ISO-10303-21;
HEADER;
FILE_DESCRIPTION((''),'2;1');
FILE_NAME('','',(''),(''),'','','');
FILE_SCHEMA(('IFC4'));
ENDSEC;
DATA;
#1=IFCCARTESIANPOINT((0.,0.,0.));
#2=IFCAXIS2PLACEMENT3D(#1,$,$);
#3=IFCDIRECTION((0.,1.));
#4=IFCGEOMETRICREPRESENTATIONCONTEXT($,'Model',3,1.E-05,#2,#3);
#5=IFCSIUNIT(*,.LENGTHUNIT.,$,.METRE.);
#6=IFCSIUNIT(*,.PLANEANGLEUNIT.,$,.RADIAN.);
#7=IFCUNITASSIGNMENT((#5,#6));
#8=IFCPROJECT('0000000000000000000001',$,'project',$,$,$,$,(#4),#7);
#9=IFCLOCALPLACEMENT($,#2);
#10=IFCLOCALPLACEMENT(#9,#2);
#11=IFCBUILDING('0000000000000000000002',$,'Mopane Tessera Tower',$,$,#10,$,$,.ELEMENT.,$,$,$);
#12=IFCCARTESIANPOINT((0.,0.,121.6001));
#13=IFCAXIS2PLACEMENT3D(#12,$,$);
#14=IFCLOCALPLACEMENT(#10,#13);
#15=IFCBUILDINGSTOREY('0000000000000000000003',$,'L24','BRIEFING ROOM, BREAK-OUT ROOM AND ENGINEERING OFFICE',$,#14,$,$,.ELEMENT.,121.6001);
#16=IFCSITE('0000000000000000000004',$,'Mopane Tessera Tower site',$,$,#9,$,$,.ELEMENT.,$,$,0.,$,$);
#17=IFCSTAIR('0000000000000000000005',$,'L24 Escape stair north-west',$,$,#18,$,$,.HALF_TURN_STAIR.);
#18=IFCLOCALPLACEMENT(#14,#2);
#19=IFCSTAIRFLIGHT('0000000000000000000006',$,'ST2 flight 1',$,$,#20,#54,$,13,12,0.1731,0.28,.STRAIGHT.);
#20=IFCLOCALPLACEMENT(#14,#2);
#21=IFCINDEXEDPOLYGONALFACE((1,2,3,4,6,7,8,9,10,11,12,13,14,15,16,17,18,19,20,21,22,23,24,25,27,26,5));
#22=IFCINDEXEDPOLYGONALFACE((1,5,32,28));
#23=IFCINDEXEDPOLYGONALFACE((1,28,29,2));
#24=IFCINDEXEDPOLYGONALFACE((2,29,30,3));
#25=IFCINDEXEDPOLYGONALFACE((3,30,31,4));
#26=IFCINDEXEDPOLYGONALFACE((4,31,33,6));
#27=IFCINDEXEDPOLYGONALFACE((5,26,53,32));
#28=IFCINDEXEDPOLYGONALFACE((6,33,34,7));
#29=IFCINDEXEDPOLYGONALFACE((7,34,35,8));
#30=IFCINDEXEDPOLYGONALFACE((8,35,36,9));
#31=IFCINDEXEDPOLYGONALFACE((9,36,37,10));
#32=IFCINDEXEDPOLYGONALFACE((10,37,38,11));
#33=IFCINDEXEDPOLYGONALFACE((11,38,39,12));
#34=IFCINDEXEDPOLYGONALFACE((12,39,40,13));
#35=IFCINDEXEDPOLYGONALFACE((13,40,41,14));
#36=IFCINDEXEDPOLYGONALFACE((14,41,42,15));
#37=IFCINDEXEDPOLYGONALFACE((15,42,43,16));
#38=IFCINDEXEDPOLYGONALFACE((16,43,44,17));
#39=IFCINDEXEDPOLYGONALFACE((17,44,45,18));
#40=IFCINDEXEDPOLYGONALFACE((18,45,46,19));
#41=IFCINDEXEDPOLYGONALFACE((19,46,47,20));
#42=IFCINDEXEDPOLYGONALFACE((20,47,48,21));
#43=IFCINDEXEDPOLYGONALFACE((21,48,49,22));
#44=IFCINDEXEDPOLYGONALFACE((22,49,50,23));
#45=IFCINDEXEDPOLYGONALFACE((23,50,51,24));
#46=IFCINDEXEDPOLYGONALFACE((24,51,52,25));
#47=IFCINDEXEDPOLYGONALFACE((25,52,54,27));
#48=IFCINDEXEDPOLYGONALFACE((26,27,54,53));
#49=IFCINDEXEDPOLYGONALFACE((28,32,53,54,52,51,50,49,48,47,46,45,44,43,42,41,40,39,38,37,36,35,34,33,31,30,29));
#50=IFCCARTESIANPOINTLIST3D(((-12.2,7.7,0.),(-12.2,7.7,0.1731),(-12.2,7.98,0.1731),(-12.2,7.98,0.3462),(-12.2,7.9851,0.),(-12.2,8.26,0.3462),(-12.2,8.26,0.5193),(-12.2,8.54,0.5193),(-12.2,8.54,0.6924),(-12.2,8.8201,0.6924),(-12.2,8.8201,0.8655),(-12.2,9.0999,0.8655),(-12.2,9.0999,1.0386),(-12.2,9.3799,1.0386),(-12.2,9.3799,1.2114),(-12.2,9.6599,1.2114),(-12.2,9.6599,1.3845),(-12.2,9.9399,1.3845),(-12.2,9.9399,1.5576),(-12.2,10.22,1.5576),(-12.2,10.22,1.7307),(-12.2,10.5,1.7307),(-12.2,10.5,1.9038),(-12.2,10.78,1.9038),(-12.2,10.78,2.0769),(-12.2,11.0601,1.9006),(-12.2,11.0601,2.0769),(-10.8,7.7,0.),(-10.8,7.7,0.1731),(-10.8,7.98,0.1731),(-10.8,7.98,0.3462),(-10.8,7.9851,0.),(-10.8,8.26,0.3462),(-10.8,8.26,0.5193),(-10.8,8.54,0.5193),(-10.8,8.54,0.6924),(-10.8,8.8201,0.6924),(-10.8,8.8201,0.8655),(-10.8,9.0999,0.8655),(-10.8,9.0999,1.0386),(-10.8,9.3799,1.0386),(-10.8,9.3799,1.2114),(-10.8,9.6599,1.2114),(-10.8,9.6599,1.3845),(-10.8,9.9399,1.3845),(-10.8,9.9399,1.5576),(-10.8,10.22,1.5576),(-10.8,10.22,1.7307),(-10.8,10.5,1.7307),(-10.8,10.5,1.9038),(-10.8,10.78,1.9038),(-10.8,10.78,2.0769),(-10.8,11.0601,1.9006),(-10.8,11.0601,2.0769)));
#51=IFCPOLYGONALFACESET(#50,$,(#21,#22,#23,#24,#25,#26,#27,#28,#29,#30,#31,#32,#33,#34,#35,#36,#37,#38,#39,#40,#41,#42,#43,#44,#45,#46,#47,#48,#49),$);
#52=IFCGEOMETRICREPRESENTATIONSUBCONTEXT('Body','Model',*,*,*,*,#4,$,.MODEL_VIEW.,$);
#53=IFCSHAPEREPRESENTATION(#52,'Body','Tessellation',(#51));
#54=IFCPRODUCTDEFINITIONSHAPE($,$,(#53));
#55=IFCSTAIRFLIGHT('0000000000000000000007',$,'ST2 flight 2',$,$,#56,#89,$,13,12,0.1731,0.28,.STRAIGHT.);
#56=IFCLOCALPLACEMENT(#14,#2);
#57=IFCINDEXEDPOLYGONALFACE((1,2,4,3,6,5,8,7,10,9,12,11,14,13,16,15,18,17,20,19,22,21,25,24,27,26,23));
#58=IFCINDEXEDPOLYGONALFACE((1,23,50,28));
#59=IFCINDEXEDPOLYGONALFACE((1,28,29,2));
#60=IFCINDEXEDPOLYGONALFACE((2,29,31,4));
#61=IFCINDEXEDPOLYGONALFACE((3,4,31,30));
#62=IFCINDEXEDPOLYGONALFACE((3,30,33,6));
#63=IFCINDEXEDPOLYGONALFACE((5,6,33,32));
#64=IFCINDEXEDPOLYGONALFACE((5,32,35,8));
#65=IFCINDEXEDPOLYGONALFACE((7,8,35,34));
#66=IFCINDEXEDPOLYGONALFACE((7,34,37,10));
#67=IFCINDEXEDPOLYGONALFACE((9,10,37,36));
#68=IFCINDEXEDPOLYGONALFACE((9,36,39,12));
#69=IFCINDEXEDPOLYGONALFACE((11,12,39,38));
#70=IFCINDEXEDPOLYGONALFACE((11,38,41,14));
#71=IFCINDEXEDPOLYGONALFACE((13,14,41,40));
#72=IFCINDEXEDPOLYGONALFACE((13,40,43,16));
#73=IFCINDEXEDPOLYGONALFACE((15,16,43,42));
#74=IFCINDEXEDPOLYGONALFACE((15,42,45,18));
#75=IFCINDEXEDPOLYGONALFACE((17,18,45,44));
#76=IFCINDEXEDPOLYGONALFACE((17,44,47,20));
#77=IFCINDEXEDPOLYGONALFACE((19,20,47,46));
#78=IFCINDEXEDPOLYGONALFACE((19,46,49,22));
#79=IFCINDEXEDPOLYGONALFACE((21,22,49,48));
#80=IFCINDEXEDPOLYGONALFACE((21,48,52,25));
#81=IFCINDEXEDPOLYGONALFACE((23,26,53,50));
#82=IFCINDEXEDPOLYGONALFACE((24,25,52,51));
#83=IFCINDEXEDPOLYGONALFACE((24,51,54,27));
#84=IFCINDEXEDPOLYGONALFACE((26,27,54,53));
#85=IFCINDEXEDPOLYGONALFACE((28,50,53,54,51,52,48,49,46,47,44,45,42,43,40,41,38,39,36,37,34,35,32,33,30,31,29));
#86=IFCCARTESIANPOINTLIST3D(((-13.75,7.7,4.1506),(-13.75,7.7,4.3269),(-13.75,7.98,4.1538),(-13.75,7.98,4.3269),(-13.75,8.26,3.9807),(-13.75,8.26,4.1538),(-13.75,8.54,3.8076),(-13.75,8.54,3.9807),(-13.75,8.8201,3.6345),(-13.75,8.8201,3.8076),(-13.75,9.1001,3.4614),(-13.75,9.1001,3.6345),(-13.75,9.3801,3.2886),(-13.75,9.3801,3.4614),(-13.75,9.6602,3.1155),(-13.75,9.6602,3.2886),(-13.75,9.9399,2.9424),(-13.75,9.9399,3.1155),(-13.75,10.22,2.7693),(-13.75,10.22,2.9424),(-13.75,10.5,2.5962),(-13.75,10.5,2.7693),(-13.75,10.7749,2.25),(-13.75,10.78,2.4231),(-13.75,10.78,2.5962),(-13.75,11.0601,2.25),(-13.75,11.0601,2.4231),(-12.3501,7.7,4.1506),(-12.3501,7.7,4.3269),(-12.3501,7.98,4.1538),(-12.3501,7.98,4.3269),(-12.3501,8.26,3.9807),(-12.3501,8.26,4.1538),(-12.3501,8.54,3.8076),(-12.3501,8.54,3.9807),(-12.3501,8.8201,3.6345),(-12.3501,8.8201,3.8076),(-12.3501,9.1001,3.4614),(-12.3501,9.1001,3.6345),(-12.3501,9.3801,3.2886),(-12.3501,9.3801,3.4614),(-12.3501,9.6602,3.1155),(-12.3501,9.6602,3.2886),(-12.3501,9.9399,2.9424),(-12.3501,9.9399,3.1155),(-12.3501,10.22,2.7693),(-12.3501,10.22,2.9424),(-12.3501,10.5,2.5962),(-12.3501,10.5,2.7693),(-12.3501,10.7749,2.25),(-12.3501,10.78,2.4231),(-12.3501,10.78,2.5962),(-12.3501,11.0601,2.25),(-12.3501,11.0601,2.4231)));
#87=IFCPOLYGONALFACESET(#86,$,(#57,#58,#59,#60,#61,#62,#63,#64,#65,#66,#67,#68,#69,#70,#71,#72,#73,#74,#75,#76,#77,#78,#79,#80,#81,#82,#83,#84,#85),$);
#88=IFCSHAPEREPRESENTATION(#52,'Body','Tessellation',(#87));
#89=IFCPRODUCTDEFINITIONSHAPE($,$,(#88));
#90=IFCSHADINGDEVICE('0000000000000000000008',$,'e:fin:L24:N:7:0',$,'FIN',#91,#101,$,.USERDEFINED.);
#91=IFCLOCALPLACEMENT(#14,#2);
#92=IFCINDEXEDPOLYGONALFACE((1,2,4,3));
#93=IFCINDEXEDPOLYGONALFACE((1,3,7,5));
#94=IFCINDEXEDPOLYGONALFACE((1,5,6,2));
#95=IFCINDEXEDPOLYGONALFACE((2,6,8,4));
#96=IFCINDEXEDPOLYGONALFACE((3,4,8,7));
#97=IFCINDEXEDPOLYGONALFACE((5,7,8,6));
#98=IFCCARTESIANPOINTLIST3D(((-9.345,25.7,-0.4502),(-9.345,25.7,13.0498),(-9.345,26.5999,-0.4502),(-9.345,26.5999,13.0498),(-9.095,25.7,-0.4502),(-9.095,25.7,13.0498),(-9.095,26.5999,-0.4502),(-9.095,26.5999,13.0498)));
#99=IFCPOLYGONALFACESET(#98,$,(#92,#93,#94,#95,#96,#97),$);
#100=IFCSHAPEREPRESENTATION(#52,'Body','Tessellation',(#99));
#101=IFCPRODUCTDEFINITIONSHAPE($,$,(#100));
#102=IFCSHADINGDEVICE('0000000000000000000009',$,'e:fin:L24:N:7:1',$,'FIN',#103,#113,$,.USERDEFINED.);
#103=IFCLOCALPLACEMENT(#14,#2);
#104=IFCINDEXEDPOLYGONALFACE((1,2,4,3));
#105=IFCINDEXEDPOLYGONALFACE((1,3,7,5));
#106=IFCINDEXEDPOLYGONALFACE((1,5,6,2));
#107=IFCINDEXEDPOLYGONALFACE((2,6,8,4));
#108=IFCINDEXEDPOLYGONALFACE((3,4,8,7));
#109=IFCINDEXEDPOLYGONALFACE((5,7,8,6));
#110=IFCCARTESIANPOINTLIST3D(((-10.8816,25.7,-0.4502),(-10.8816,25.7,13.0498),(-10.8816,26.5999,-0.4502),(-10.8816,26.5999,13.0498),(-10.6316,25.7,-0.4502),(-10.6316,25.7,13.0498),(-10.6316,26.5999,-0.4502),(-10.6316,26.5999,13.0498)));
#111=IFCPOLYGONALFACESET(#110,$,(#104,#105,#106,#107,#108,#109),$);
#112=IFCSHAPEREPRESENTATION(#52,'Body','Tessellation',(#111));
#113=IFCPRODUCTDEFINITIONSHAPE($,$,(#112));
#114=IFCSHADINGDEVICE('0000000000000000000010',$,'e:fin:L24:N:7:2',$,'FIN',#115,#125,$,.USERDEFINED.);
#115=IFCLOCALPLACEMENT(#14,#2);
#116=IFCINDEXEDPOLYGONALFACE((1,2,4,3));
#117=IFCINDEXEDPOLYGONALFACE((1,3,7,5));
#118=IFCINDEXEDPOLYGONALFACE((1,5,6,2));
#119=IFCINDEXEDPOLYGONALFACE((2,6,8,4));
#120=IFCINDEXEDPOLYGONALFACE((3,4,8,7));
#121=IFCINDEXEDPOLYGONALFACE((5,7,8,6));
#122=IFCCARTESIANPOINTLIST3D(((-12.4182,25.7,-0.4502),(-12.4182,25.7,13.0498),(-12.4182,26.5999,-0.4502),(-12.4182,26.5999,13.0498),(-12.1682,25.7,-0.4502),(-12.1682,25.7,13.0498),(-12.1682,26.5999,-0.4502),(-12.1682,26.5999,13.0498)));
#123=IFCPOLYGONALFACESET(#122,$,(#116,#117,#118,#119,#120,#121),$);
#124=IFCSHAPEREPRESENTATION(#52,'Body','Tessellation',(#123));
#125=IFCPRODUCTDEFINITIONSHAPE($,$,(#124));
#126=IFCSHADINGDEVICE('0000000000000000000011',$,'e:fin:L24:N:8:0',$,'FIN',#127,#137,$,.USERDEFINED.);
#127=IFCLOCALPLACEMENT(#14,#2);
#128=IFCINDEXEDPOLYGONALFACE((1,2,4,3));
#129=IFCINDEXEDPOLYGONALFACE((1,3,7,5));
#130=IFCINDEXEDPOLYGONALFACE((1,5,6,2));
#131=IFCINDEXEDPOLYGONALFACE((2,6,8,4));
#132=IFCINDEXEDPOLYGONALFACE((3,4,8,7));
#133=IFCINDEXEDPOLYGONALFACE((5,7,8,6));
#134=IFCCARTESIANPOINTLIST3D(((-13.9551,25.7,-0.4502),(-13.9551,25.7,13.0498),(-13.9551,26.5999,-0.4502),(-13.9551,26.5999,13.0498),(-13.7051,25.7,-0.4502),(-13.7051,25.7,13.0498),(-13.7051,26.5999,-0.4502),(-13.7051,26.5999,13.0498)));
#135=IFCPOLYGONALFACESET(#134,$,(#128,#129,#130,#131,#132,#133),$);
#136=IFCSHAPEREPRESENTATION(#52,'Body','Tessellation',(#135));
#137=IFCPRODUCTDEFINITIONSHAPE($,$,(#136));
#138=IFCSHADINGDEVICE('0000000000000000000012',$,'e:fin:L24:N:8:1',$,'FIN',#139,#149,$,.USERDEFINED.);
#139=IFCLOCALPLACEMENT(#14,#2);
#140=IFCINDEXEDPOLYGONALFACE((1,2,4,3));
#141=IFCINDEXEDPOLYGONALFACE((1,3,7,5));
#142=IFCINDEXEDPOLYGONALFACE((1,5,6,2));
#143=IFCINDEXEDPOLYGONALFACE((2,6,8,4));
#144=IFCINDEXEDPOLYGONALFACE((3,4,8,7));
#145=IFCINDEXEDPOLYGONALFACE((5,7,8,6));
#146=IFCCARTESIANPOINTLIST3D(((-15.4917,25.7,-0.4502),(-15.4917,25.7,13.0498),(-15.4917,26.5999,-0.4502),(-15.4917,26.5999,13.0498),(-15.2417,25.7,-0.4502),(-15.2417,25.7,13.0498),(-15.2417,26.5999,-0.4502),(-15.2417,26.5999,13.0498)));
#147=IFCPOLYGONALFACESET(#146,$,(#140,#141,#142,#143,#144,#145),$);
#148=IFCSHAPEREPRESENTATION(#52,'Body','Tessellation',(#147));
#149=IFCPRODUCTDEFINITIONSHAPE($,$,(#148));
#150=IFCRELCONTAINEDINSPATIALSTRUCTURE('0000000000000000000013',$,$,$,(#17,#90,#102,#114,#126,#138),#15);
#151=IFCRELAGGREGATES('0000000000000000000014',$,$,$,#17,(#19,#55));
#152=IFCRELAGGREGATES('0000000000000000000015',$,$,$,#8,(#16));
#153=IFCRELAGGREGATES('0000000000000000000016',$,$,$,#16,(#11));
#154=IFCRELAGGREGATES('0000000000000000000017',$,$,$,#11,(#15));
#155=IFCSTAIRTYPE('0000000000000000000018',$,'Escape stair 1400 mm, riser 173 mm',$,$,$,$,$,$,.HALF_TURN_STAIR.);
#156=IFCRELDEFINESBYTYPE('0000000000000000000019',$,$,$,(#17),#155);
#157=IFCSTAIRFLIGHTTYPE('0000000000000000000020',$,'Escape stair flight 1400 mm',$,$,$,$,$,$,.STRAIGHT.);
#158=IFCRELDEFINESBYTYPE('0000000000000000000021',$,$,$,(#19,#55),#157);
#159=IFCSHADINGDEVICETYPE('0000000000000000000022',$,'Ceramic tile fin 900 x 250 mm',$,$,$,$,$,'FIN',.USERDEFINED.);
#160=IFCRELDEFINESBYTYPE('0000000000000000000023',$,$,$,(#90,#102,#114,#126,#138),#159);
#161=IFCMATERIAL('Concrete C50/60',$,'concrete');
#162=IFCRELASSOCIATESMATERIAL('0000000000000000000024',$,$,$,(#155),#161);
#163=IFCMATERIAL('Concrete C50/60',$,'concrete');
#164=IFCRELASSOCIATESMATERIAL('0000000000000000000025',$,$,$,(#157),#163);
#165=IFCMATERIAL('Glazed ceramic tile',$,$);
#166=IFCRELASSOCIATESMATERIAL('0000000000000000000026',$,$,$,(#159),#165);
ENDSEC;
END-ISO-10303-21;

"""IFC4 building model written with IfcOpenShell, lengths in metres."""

from ifc_helpers import new_model, si_unit, direction, frame, origin, origin_2d, place, context, subcontext, project, spatial, polyline, rectangle, outline, extrude, material, type_object, element, aggregate, save


model = new_model("IFC4")

# Units and contexts
model_context = context("Model", 3, precision=1e-05, world=origin(), true_north=direction((0.0, 1.0)))
body_context = subcontext(model_context, "Body", "Model", "MODEL_VIEW")
ifc_project = project(units=[si_unit("LENGTHUNIT", "METRE"), si_unit("PLANEANGLEUNIT", "RADIAN")], contexts=[model_context])

# Site, building, storey
site_placement = place(None, origin())
site = spatial("IfcSite", under=ifc_project, at=site_placement, Name="Mopane Tessera Tower site", CompositionType="ELEMENT", RefElevation=0.0)
building_placement = place(site_placement, origin())
building = spatial("IfcBuilding", under=site, at=building_placement, Name="Mopane Tessera Tower", CompositionType="ELEMENT")
storey_placement = place(building_placement, frame((0.0, 0.0, 121.6001)))
storey = spatial("IfcBuildingStorey", under=building, at=storey_placement, Name="L24", Description="BRIEFING ROOM, BREAK-OUT ROOM AND ENGINEERING OFFICE", CompositionType="ELEMENT", Elevation=121.6001)

# Stair, stair flights
ifc_material_1 = material(Name="Concrete C50/60", Category="concrete")
stair_type = type_object("IfcStairType", Name="Escape stair 1400 mm, riser 173 mm", PredefinedType="HALF_TURN_STAIR", material=ifc_material_1)
stair_placement = place(storey_placement, origin())
stair = element("IfcStair", 1, at=stair_placement, inside=storey, type_object=stair_type, Name="L24 Escape stair north-west", PredefinedType="HALF_TURN_STAIR")
ifc_material_2 = material(Name="Concrete C50/60", Category="concrete")
stair_flight_type = type_object("IfcStairFlightType", Name="Escape stair flight 1400 mm", PredefinedType="STRAIGHT", material=ifc_material_2)
stair_flight_1_placement = place(storey_placement, frame((-11.5, 7.7, 0.0), z_axis=(0.0, 0.0, 1.0), x_axis=(0.0, 1.0, 0.0)))
stair_flight_1 = element("IfcStairFlight", 2, at=stair_flight_1_placement, type_object=stair_flight_type, Name="ST2 flight 1", NumberOfRisers=13, NumberOfTreads=12, PredefinedType="STRAIGHT", RiserHeight=0.1731, TreadLength=0.28, context=body_context, shape_type="SweptSolid", body=[
    extrude(outline(polyline([(0.0, 0.0), (0.0, 0.1731), (0.28, 0.1731), (0.28, 0.3462), (0.5601, 0.3462), (0.5601, 0.5193), (0.8401, 0.5193), (0.8401, 0.6924), (1.1201, 0.6924), (1.1201, 0.8655), (1.3999, 0.8655), (1.3999, 1.0386), (1.6799, 1.0386), (1.6799, 1.2114), (1.96, 1.2114), (1.96, 1.3845), (2.24, 1.3845), (2.24, 1.5576), (2.52, 1.5576), (2.52, 1.7307), (2.8, 1.7307), (2.8, 1.9038), (3.0801, 1.9038), (3.0801, 2.0769), (3.3601, 2.0769), (3.3601, 2.25), (3.3601, 1.9006), (0.2852, 0.0), (0.0, 0.0)])), frame((0.0, 0.7, 0.0), z_axis=(0.0, -1.0, 0.0), x_axis=(1.0, 0.0, 0.0)), (0.0, 0.0, 1.0), 1.3999),
])
stair_flight_2_placement = place(storey_placement, frame((-13.05, 11.0601, 2.25), z_axis=(0.0, 0.0, 1.0), x_axis=(0.0, -1.0, 0.0)))
stair_flight_2 = element("IfcStairFlight", 3, at=stair_flight_2_placement, type_object=stair_flight_type, Name="ST2 flight 2", NumberOfRisers=13, NumberOfTreads=12, PredefinedType="STRAIGHT", RiserHeight=0.1731, TreadLength=0.28, context=body_context, shape_type="SweptSolid", body=[
    extrude(outline(polyline([(0.0, 0.0), (0.0, 0.1731), (0.28, 0.1731), (0.28, 0.3462), (0.5601, 0.3462), (0.5601, 0.5193), (0.8401, 0.5193), (0.8401, 0.6924), (1.1201, 0.6924), (1.1201, 0.8655), (1.3999, 0.8655), (1.3999, 1.0386), (1.6799, 1.0386), (1.6799, 1.2114), (1.96, 1.2114), (1.96, 1.3845), (2.24, 1.3845), (2.24, 1.5576), (2.52, 1.5576), (2.52, 1.7307), (2.8, 1.7307), (2.8, 1.9038), (3.0801, 1.9038), (3.0801, 2.0769), (3.3601, 2.0769), (3.3601, 2.25), (3.3601, 1.9006), (0.2852, 0.0), (0.0, 0.0)])), frame((0.0, 0.7, 0.0), z_axis=(0.0, -1.0, 0.0), x_axis=(1.0, 0.0, 0.0)), (0.0, 0.0, 1.0), 1.3999),
])
aggregate(stair, [stair_flight_1, stair_flight_2])

# Shading devices
ifc_material_3 = material(Name="Glazed ceramic tile")
shading_device_type = type_object("IfcShadingDeviceType", Name="Ceramic tile fin 900 x 250 mm", ElementType="FIN", PredefinedType="USERDEFINED", material=ifc_material_3)
for number, where, z_axis, x_axis, name in (
    (4, (-9.22, 26.1499, -0.4502), (0.0, 0.0, 1.0), (-1.0, 0.0, 0.0), "e:fin:L24:N:7:0"),
    (5, (-10.7566, 26.1499, -0.4502), (0.0, 0.0, 1.0), (-1.0, 0.0, 0.0), "e:fin:L24:N:7:1"),
    (6, (-12.2932, 26.1499, -0.4502), (0.0, 0.0, 1.0), (-1.0, 0.0, 0.0), "e:fin:L24:N:7:2"),
    (7, (-13.8301, 26.1499, -0.4502), (0.0, 0.0, 1.0), (-1.0, 0.0, 0.0), "e:fin:L24:N:8:0"),
    (8, (-15.3667, 26.1499, -0.4502), (0.0, 0.0, 1.0), (-1.0, 0.0, 0.0), "e:fin:L24:N:8:1"),
):
    element("IfcShadingDevice", number, at=place(storey_placement, frame(where, z_axis=z_axis, x_axis=x_axis)), inside=storey, type_object=shading_device_type, Name=name, ObjectType="FIN", PredefinedType="USERDEFINED", context=body_context, shape_type="SweptSolid", body=[
        extrude(rectangle(XDim=0.25, YDim=0.8999, at=origin_2d()), origin(), (0.0, 0.0, 1.0), 13.5),
    ])

save(model, "model.ifc")
